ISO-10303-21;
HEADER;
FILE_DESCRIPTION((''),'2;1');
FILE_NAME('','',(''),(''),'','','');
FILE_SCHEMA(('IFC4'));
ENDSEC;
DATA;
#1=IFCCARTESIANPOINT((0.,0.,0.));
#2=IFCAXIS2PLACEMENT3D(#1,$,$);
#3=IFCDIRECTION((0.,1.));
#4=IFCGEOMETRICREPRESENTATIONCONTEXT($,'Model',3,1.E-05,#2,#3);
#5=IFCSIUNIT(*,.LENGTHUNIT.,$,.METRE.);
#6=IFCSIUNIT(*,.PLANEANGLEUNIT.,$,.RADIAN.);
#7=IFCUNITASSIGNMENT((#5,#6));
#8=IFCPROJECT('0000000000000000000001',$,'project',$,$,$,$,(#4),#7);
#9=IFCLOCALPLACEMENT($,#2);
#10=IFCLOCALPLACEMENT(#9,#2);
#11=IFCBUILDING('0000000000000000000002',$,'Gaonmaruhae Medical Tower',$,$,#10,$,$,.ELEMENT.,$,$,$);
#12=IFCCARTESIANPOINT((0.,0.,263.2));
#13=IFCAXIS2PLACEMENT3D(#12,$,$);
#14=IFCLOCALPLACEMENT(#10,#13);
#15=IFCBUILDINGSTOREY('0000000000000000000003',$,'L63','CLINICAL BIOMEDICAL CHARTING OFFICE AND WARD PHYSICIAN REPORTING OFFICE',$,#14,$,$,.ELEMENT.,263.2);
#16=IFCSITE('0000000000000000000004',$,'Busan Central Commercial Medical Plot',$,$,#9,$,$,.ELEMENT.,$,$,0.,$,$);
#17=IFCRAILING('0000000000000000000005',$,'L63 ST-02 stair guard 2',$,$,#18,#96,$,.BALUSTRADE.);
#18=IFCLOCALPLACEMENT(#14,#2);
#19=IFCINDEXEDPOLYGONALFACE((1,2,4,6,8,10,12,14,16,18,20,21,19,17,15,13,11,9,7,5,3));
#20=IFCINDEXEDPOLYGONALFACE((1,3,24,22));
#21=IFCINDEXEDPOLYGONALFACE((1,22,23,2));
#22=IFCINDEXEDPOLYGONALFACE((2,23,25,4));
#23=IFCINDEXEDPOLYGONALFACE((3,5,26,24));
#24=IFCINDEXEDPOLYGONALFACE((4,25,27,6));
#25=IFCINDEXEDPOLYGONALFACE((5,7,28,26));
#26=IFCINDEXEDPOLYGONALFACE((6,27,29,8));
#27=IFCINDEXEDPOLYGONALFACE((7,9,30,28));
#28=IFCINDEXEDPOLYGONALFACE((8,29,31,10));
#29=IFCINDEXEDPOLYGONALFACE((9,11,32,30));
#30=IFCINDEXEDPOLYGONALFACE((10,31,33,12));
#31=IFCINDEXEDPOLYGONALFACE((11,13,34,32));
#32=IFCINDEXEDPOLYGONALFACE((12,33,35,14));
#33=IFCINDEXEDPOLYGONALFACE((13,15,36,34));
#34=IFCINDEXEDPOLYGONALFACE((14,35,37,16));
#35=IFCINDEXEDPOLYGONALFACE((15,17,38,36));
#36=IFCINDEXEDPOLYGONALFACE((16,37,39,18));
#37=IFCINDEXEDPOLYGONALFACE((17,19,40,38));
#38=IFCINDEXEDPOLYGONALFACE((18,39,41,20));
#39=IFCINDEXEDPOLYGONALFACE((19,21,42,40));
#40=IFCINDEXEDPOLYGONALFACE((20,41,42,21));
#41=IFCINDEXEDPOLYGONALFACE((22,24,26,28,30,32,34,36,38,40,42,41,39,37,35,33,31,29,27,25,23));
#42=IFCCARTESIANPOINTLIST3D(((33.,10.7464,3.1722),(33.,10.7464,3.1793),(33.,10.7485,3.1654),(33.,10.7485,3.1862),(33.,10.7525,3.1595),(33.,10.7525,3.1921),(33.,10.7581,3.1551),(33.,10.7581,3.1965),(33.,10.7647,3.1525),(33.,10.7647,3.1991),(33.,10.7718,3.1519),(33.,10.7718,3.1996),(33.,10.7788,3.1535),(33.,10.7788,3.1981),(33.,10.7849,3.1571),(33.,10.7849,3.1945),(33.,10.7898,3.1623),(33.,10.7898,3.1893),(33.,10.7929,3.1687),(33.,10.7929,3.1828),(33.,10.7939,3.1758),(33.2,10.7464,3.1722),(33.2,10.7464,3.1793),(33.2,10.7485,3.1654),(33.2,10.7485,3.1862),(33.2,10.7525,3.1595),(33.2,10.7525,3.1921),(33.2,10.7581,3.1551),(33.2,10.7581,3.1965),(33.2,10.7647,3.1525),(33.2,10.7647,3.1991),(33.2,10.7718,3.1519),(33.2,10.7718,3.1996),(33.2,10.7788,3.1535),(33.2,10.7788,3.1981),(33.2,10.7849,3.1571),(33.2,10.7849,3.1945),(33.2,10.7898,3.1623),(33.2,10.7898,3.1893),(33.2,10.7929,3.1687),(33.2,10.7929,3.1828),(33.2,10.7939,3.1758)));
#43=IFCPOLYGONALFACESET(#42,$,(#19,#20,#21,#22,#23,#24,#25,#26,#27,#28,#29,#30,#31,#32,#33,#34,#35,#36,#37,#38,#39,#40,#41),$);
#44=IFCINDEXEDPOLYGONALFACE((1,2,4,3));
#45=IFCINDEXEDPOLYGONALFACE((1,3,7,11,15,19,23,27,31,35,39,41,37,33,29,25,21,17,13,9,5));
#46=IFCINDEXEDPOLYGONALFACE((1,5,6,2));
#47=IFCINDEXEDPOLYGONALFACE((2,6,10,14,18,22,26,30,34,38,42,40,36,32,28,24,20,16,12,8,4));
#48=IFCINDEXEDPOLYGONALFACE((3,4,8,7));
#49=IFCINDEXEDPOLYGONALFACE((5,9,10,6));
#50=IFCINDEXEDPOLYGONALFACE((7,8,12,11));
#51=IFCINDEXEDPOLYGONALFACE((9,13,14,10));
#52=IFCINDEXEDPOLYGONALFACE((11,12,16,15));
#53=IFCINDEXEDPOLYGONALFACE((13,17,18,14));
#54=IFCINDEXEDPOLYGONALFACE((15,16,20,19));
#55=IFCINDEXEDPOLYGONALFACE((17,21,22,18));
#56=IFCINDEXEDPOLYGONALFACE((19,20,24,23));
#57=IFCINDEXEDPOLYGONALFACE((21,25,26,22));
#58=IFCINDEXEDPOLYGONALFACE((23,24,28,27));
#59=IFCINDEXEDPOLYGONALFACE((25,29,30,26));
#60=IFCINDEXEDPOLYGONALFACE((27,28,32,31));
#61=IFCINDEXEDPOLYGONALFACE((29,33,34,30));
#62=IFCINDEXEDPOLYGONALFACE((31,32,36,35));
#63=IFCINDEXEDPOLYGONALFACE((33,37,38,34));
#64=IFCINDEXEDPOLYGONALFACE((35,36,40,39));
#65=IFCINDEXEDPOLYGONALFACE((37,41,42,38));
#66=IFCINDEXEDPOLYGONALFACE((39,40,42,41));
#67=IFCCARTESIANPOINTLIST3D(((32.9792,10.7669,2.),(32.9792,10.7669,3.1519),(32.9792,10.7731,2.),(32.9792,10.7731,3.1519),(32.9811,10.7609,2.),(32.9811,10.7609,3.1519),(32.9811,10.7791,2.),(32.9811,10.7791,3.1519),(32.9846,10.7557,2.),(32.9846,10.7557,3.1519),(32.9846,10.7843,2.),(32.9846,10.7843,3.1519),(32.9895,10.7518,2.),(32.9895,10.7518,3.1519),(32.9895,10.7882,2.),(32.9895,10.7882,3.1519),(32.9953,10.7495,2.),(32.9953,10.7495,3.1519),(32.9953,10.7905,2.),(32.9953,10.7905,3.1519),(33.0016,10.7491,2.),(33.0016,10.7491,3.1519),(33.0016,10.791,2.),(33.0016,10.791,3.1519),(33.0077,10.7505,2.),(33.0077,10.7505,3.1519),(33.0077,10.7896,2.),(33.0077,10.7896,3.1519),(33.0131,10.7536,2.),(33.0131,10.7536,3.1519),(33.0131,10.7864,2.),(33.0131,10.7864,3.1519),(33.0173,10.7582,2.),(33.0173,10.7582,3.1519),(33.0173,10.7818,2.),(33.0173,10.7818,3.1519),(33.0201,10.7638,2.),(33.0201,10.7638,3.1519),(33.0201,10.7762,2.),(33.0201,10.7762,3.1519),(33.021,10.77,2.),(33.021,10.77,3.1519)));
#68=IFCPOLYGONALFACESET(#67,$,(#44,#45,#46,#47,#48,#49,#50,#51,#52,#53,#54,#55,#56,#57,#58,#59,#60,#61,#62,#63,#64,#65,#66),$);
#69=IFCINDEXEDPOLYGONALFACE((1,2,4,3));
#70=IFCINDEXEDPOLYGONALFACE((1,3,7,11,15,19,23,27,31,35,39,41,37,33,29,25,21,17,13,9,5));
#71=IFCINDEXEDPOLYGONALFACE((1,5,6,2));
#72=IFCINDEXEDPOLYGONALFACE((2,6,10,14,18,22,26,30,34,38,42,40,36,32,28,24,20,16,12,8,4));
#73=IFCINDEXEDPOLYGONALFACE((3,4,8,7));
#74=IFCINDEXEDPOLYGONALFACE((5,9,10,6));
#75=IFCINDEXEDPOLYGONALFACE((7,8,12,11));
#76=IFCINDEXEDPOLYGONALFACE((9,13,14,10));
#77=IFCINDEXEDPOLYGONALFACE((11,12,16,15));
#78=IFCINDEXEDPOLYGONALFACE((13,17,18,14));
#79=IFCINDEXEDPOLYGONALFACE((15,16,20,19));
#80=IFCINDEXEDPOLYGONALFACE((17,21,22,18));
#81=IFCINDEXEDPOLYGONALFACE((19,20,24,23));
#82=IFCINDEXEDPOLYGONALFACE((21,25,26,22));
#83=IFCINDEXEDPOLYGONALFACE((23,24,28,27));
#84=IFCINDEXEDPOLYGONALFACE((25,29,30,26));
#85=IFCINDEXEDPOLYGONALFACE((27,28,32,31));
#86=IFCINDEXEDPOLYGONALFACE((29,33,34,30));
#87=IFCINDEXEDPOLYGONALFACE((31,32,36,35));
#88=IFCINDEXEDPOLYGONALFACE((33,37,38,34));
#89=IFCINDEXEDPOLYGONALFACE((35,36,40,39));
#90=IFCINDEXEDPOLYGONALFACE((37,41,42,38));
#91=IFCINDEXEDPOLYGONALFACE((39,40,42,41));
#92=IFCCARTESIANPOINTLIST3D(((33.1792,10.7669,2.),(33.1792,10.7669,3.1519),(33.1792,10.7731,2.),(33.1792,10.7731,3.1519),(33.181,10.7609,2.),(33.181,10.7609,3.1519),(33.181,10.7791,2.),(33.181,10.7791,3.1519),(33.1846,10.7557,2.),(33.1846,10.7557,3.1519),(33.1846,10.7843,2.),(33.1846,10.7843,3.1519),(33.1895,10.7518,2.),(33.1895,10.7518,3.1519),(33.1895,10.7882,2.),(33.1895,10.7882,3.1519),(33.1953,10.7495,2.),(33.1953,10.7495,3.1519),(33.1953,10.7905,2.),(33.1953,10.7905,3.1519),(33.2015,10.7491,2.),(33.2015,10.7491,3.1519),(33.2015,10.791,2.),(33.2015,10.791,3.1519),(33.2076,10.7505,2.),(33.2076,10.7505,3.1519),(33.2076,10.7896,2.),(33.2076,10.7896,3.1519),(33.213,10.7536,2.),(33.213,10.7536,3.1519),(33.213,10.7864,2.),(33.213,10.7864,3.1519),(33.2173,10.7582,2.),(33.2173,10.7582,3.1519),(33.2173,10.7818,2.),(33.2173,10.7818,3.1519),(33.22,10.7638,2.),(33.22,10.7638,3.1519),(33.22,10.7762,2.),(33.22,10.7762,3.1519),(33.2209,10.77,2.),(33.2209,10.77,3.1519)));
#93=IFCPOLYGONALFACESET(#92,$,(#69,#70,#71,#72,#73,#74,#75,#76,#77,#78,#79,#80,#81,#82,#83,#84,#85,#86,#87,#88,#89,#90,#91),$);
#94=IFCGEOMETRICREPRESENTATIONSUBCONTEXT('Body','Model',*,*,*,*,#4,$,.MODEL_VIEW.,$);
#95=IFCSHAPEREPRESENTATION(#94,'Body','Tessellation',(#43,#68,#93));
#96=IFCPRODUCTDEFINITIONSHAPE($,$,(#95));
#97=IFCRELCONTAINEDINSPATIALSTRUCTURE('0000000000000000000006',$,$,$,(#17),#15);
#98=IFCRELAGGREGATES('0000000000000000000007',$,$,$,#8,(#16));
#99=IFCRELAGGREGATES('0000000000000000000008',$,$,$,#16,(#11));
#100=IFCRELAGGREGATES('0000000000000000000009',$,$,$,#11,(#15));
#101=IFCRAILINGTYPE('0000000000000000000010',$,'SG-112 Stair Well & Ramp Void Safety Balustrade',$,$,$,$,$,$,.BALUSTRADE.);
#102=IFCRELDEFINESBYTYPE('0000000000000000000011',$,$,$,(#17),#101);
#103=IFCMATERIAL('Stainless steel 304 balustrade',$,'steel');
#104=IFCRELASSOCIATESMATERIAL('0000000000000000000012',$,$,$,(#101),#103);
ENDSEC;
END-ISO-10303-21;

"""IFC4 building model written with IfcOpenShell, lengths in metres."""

from ifc_helpers import new_model, si_unit, direction, frame, origin, origin_2d, place, context, subcontext, project, spatial, circle, extrude, material, type_object, element, save


model = new_model("IFC4")

# Units and contexts
model_context = context("Model", 3, precision=1e-05, world=origin(), true_north=direction((0.0, 1.0)))
body_context = subcontext(model_context, "Body", "Model", "MODEL_VIEW")
ifc_project = project(units=[si_unit("LENGTHUNIT", "METRE"), si_unit("PLANEANGLEUNIT", "RADIAN")], contexts=[model_context])

# Site, building, storey
site_placement = place(None, origin())
site = spatial("IfcSite", under=ifc_project, at=site_placement, Name="Busan Central Commercial Medical Plot", CompositionType="ELEMENT", RefElevation=0.0)
building_placement = place(site_placement, origin())
building = spatial("IfcBuilding", under=site, at=building_placement, Name="Gaonmaruhae Medical Tower", CompositionType="ELEMENT")
storey_placement = place(building_placement, frame((0.0, 0.0, 263.2)))
storey = spatial("IfcBuildingStorey", under=building, at=storey_placement, Name="L63", Description="CLINICAL BIOMEDICAL CHARTING OFFICE AND WARD PHYSICIAN REPORTING OFFICE", CompositionType="ELEMENT", Elevation=263.2)

# Railing
ifc_material_1 = material(Name="Stainless steel 304 balustrade", Category="steel")
railing_type_1 = type_object("IfcRailingType", Name="SG-112 Stair Well & Ramp Void Safety Balustrade", PredefinedType="BALUSTRADE", material=ifc_material_1)
railing_1_placement = place(storey_placement, frame((33.0, 10.77, 2.0)))
element("IfcRailing", 1, at=railing_1_placement, inside=storey, type_object=railing_type_1, Name="L63 ST-02 stair guard 2", PredefinedType="BALUSTRADE", context=body_context, shape_type="SweptSolid", body=[
    extrude(circle(Radius=0.0239, at=origin_2d()), frame((0.0, 0.0, 1.1758), z_axis=(1.0, 0.0, 0.0), x_axis=(0.0, 1.0, 0.0)), (0.0, 0.0, 1.0), 0.2),
    extrude(circle(Radius=0.021, at=origin_2d()), origin(), (0.0, 0.0, 1.0), 1.1519),
    extrude(circle(Radius=0.021, at=origin_2d()), frame((0.2, 0.0, 0.0)), (0.0, 0.0, 1.0), 1.1519),
])

save(model, "model.ifc")
